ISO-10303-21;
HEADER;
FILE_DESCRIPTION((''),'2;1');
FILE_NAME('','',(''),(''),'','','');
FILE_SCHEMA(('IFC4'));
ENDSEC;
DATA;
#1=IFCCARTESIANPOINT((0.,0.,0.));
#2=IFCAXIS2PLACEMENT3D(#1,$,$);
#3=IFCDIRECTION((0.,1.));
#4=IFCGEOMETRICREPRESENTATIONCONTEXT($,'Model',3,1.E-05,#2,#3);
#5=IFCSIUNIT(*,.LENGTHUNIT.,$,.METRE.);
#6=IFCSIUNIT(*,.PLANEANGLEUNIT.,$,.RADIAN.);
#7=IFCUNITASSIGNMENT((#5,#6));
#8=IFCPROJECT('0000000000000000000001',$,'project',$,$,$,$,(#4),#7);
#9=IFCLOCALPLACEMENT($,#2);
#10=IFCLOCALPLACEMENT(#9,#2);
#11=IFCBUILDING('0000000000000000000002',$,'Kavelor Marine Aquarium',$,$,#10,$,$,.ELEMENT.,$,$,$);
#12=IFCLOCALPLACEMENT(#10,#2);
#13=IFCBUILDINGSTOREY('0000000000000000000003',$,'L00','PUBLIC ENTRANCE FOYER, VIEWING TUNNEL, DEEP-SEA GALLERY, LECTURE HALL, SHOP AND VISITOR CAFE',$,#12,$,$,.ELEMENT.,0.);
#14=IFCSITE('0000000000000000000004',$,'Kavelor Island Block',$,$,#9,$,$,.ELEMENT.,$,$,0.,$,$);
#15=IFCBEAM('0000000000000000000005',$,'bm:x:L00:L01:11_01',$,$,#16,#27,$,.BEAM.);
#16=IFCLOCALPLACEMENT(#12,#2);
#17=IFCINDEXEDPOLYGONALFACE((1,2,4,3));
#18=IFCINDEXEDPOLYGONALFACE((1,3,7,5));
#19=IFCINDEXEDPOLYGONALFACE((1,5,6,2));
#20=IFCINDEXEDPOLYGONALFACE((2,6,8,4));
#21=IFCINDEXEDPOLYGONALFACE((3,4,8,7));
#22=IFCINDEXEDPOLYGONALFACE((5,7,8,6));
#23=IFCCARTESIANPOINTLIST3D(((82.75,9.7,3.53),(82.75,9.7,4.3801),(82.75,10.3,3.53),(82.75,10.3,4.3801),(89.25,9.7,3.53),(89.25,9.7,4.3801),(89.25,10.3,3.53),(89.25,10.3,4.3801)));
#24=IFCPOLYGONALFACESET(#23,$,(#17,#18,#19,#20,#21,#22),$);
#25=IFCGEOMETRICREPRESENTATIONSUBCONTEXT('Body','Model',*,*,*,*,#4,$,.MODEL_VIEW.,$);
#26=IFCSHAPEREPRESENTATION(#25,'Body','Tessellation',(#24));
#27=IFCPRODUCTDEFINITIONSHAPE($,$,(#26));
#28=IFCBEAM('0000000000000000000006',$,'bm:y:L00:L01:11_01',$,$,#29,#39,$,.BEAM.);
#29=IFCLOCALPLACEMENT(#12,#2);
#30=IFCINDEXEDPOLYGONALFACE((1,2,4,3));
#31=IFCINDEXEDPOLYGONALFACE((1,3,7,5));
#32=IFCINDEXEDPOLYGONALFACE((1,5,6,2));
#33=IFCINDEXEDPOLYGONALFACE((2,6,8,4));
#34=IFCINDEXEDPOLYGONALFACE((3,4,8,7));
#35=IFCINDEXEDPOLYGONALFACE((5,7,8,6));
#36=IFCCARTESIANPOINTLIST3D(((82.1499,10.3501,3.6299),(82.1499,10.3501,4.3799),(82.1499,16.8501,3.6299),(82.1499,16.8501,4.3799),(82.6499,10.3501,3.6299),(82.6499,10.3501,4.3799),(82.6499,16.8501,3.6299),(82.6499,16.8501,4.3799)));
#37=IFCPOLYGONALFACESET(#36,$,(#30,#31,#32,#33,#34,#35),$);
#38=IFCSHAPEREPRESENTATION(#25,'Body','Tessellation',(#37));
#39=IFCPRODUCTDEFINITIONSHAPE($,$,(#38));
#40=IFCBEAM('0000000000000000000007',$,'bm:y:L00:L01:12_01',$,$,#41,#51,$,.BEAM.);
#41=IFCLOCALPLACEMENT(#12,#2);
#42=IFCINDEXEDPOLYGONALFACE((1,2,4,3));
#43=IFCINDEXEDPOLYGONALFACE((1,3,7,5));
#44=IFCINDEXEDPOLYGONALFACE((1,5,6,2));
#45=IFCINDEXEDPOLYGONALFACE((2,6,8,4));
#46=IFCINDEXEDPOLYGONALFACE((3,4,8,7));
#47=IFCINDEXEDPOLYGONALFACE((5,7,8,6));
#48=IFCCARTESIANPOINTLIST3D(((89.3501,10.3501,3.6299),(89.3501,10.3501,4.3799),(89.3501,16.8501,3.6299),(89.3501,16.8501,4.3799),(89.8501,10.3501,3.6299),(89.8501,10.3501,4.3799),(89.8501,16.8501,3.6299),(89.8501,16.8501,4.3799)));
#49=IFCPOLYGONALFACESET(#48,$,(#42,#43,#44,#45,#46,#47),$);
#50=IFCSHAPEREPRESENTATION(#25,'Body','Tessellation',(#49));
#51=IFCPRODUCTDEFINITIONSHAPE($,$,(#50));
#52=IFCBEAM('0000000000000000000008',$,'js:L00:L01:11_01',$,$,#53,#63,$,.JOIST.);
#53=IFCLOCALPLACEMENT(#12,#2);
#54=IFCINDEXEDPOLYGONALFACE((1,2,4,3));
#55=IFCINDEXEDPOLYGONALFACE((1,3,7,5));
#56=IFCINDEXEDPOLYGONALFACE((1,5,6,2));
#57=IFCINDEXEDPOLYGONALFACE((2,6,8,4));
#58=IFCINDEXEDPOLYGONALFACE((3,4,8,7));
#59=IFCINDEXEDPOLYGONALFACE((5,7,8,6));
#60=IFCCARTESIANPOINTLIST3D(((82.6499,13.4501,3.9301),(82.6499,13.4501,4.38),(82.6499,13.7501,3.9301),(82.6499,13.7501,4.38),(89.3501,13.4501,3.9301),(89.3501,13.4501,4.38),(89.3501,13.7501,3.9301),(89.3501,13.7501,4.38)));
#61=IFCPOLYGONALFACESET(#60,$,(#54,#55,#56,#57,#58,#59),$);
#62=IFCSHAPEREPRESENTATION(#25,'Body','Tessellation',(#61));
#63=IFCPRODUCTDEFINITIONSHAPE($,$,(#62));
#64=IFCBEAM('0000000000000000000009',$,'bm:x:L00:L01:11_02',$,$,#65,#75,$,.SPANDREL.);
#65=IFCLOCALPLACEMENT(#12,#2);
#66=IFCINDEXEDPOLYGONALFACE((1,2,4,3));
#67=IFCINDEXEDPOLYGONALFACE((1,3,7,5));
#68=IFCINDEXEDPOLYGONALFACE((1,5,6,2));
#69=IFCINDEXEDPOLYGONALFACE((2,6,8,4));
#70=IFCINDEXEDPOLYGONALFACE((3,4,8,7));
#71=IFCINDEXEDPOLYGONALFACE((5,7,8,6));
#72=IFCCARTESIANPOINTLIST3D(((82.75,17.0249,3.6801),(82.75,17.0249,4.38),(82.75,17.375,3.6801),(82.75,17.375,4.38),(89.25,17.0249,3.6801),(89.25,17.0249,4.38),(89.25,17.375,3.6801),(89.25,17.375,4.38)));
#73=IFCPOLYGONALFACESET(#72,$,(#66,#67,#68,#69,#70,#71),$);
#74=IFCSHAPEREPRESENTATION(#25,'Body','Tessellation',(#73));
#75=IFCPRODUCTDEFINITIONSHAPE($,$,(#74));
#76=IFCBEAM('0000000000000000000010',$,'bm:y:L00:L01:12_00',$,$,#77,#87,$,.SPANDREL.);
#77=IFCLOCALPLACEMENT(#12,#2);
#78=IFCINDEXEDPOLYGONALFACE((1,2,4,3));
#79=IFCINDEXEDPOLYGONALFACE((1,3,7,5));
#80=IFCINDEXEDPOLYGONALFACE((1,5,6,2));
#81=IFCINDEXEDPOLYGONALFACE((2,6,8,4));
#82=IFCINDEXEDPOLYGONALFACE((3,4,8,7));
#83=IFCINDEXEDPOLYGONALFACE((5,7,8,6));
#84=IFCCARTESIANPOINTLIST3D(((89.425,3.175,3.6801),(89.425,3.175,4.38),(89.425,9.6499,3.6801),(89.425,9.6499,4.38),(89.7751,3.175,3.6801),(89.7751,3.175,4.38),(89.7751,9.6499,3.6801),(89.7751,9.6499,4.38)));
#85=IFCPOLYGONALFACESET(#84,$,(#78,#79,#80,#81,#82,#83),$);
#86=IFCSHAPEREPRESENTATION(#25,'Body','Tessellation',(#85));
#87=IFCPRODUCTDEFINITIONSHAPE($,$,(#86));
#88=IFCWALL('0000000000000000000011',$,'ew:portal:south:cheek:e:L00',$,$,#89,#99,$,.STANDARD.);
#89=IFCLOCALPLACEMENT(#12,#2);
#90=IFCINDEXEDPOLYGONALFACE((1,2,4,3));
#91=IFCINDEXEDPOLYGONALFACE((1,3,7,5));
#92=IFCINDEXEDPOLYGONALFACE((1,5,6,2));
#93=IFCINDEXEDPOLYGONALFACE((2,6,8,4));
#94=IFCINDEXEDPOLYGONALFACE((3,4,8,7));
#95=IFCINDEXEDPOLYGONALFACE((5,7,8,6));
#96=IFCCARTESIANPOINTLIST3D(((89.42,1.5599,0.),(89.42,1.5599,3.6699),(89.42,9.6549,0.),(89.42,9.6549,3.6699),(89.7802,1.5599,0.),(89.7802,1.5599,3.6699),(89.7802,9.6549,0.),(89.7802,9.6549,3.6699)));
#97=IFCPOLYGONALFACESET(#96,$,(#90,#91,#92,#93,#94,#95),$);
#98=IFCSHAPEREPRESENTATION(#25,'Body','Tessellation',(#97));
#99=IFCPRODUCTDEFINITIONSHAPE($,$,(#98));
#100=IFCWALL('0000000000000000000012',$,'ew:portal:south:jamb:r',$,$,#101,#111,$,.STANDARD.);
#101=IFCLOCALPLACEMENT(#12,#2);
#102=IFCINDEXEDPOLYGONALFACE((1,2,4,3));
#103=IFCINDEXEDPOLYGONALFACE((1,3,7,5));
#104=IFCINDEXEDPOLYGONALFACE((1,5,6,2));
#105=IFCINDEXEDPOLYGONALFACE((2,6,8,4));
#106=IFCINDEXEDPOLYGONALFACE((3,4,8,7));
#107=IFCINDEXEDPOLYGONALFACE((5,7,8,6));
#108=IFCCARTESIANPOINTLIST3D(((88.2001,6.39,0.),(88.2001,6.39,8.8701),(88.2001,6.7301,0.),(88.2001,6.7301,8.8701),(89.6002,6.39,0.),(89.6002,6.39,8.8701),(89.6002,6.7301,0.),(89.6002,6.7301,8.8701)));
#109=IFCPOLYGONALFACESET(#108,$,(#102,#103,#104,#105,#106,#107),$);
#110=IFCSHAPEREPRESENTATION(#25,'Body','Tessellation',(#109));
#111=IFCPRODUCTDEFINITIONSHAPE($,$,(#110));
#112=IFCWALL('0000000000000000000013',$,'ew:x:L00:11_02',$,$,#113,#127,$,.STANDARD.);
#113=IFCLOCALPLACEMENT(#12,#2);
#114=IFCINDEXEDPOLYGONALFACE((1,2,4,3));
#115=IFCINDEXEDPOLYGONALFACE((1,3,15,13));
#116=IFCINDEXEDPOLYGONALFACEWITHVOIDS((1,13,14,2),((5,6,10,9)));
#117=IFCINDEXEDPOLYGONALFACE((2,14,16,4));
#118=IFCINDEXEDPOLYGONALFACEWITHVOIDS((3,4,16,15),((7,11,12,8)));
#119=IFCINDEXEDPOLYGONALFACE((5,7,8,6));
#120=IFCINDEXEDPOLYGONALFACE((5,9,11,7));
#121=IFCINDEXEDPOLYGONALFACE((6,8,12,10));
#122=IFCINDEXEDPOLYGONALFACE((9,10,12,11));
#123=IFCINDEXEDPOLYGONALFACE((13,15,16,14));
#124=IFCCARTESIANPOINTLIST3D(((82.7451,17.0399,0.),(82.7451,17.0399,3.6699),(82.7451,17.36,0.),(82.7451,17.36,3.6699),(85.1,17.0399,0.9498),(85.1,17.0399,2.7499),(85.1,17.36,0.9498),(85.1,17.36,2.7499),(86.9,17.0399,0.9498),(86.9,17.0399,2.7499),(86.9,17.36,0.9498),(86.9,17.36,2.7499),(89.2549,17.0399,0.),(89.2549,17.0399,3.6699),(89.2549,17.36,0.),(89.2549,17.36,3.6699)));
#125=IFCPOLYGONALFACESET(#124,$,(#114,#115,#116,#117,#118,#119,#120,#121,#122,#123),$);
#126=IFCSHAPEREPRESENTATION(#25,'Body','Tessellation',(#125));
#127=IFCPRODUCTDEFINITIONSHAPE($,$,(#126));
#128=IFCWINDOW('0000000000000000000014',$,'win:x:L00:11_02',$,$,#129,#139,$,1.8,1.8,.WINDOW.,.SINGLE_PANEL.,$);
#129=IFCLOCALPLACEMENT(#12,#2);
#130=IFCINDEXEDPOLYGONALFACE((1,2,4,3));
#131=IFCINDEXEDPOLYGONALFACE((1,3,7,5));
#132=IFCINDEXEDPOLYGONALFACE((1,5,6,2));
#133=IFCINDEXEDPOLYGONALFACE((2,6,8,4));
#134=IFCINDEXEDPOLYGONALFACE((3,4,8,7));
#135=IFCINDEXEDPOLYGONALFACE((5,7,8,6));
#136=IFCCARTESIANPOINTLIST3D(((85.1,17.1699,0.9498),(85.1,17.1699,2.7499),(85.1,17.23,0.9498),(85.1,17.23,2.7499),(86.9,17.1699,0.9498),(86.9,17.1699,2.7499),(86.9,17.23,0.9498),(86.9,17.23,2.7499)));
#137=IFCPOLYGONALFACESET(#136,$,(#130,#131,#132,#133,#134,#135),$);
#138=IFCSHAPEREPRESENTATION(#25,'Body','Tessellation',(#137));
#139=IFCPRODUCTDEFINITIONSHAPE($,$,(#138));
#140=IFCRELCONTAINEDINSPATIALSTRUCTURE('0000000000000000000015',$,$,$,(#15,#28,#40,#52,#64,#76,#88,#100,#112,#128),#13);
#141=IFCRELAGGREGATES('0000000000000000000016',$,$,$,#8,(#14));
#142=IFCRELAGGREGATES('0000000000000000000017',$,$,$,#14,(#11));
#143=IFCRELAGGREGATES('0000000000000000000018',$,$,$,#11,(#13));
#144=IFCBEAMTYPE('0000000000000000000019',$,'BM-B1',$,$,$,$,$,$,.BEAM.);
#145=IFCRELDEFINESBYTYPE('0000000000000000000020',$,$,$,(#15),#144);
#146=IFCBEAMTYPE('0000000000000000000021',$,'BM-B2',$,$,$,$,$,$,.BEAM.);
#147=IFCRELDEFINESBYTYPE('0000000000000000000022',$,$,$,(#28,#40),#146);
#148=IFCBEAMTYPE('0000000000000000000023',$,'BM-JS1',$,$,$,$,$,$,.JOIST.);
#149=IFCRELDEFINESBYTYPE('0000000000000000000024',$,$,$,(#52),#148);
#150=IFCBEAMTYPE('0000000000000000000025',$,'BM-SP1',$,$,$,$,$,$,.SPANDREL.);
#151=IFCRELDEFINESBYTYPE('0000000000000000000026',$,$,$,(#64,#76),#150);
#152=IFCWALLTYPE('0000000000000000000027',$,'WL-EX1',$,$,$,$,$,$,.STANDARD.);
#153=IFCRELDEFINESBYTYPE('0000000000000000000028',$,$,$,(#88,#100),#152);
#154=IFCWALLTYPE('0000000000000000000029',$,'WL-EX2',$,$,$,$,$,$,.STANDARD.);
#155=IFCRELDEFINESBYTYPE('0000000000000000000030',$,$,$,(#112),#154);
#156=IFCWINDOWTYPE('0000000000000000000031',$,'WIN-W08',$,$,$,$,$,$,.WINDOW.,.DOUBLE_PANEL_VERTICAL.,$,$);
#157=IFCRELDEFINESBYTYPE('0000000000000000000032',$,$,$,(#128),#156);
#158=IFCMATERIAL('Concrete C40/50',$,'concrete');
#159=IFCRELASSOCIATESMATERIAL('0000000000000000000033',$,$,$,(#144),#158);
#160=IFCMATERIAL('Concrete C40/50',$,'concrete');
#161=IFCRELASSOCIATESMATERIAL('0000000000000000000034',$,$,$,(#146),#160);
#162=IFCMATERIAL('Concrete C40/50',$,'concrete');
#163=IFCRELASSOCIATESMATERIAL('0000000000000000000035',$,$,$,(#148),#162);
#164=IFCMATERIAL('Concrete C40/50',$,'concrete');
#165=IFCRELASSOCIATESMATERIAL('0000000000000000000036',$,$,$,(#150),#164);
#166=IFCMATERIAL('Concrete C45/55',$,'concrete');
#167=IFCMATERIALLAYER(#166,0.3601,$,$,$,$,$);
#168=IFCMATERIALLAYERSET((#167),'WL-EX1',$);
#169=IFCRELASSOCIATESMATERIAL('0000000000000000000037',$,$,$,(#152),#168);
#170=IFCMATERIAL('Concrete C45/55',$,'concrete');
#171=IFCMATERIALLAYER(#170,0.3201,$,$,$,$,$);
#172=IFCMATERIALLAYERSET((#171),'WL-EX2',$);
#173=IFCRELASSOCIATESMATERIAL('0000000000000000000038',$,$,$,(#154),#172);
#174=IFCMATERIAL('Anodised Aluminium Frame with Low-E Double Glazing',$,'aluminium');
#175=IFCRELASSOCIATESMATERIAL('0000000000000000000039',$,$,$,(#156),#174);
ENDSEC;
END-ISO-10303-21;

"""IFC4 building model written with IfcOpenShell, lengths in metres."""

from ifc_helpers import new_model, si_unit, direction, frame, frame_2d, origin, origin_2d, place, context, subcontext, project, spatial, rectangle, extrude, material, layer, layer_set, material_profile, profile_set, type_object, element, fill, save


model = new_model("IFC4")

# Units and contexts
model_context = context("Model", 3, precision=1e-05, world=origin(), true_north=direction((0.0, 1.0)))
body_context = subcontext(model_context, "Body", "Model", "MODEL_VIEW")
ifc_project = project(units=[si_unit("LENGTHUNIT", "METRE"), si_unit("PLANEANGLEUNIT", "RADIAN")], contexts=[model_context])

# Site, building, storey
site_placement = place(None, origin())
site = spatial("IfcSite", under=ifc_project, at=site_placement, Name="Kavelor Island Block", CompositionType="ELEMENT", RefElevation=0.0)
building_placement = place(site_placement, origin())
building = spatial("IfcBuilding", under=site, at=building_placement, Name="Kavelor Marine Aquarium", CompositionType="ELEMENT")
storey_placement = place(building_placement, origin())
storey = spatial("IfcBuildingStorey", under=building, at=storey_placement, Name="L00", Description="PUBLIC ENTRANCE FOYER, VIEWING TUNNEL, DEEP-SEA GALLERY, LECTURE HALL, SHOP AND VISITOR CAFE", CompositionType="ELEMENT", Elevation=0.0)

# Beams
ifc_material_1 = material(Name="Concrete C40/50", Category="concrete")
ifc_material_profile_1 = material_profile(ifc_material_1, rectangle(XDim=0.6001, YDim=0.8501, at=origin_2d()), Name="RC-BM 600x850")
ifc_profile_set_1 = profile_set([ifc_material_profile_1], Name="Concrete C40/50")
beam_type_1 = type_object("IfcBeamType", Name="BM-B1", PredefinedType="BEAM", material=ifc_profile_set_1)
beam_1_placement = place(storey_placement, frame((82.75, 10.0, 3.9551), z_axis=(1.0, 0.0, 0.0), x_axis=(0.0, 1.0, 0.0)))
element("IfcBeam", 1, at=beam_1_placement, inside=storey, type_object=beam_type_1, Name="bm:x:L00:L01:11_01", PredefinedType="BEAM", context=body_context, shape_type="SweptSolid", body=[
    extrude(rectangle(XDim=0.6001, YDim=0.8501, at=origin_2d()), origin(), (0.0, 0.0, 1.0), 6.5),
])
ifc_material_2 = material(Name="Concrete C40/50", Category="concrete")
ifc_material_profile_2 = material_profile(ifc_material_2, rectangle(XDim=0.5, YDim=0.75, at=origin_2d()), Name="RC-BM 500x750")
ifc_profile_set_2 = profile_set([ifc_material_profile_2], Name="Concrete C40/50")
beam_type_2 = type_object("IfcBeamType", Name="BM-B2", PredefinedType="BEAM", material=ifc_profile_set_2)
for number, where, z_axis, x_axis, name in (
    (2, (82.3999, 10.3501, 4.0049), (0.0, 1.0, 0.0), (-1.0, 0.0, 0.0), "bm:y:L00:L01:11_01"),
    (3, (89.6001, 10.3501, 4.0049), (0.0, 1.0, 0.0), (-1.0, 0.0, 0.0), "bm:y:L00:L01:12_01"),
):
    element("IfcBeam", number, at=place(storey_placement, frame(where, z_axis=z_axis, x_axis=x_axis)), inside=storey, type_object=beam_type_2, Name=name, PredefinedType="BEAM", context=body_context, shape_type="SweptSolid", body=[
        extrude(rectangle(XDim=0.5, YDim=0.75, at=origin_2d()), origin(), (0.0, 0.0, 1.0), 6.5),
    ])
ifc_material_3 = material(Name="Concrete C40/50", Category="concrete")
ifc_material_profile_3 = material_profile(ifc_material_3, rectangle(XDim=0.3, YDim=0.45, at=origin_2d()), Name="RC-JS 300x450")
ifc_profile_set_3 = profile_set([ifc_material_profile_3], Name="Concrete C40/50")
beam_type_3 = type_object("IfcBeamType", Name="BM-JS1", PredefinedType="JOIST", material=ifc_profile_set_3)
beam_2_placement = place(storey_placement, frame((82.6499, 13.6001, 4.155), z_axis=(1.0, 0.0, 0.0), x_axis=(0.0, 1.0, 0.0)))
element("IfcBeam", 4, at=beam_2_placement, inside=storey, type_object=beam_type_3, Name="js:L00:L01:11_01", PredefinedType="JOIST", context=body_context, shape_type="SweptSolid", body=[
    extrude(rectangle(XDim=0.3, YDim=0.45, at=origin_2d()), origin(), (0.0, 0.0, 1.0), 6.7002),
])
ifc_material_4 = material(Name="Concrete C40/50", Category="concrete")
ifc_material_profile_4 = material_profile(ifc_material_4, rectangle(XDim=0.3501, YDim=0.7, at=origin_2d()), Name="RC-SP 350x700")
ifc_profile_set_4 = profile_set([ifc_material_profile_4], Name="Concrete C40/50")
beam_type_4 = type_object("IfcBeamType", Name="BM-SP1", PredefinedType="SPANDREL", material=ifc_profile_set_4)
beam_3_placement = place(storey_placement, frame((82.75, 17.2, 4.03), z_axis=(1.0, 0.0, 0.0), x_axis=(0.0, 1.0, 0.0)))
element("IfcBeam", 5, at=beam_3_placement, inside=storey, type_object=beam_type_4, Name="bm:x:L00:L01:11_02", PredefinedType="SPANDREL", context=body_context, shape_type="SweptSolid", body=[
    extrude(rectangle(XDim=0.3501, YDim=0.7, at=origin_2d()), origin(), (0.0, 0.0, 1.0), 6.5),
])
beam_4_placement = place(storey_placement, frame((89.6001, 3.175, 4.03), z_axis=(0.0, 1.0, 0.0), x_axis=(-1.0, 0.0, 0.0)))
element("IfcBeam", 6, at=beam_4_placement, inside=storey, type_object=beam_type_4, Name="bm:y:L00:L01:12_00", PredefinedType="SPANDREL", context=body_context, shape_type="SweptSolid", body=[
    extrude(rectangle(XDim=0.3501, YDim=0.7, at=origin_2d()), origin(), (0.0, 0.0, 1.0), 6.4749),
])

# Walls
ifc_material_5 = material(Name="Concrete C45/55", Category="concrete")
ifc_layer_1 = layer(ifc_material_5, 0.3601)
ifc_layer_set_1 = layer_set([ifc_layer_1], Name="WL-EX1")
wall_type_1 = type_object("IfcWallType", Name="WL-EX1", PredefinedType="STANDARD", material=ifc_layer_set_1)
wall_1_placement = place(storey_placement, frame((89.6001, 1.5601, 0.0), z_axis=(0.0, 0.0, 1.0), x_axis=(0.0, 1.0, 0.0)))
element("IfcWall", 7, at=wall_1_placement, inside=storey, type_object=wall_type_1, Name="ew:portal:south:cheek:e:L00", PredefinedType="STANDARD", context=body_context, shape_type="SweptSolid", body=[
    extrude(rectangle(XDim=8.095, YDim=0.3601, at=frame_2d((4.0474, 0.0))), origin(), (0.0, 0.0, 1.0), 3.6699),
])
wall_2_placement = place(storey_placement, frame((88.2, 6.5601, 0.0), z_axis=(0.0, 0.0, 1.0), x_axis=(1.0, 0.0, 0.0)))
element("IfcWall", 8, at=wall_2_placement, inside=storey, type_object=wall_type_1, Name="ew:portal:south:jamb:r", PredefinedType="STANDARD", context=body_context, shape_type="SweptSolid", body=[
    extrude(rectangle(XDim=1.4001, YDim=0.3401, at=frame_2d((0.7002, 0.0))), origin(), (0.0, 0.0, 1.0), 8.8701),
])

# Wall, opening, window
ifc_material_6 = material(Name="Concrete C45/55", Category="concrete")
ifc_layer_2 = layer(ifc_material_6, 0.3201)
ifc_layer_set_2 = layer_set([ifc_layer_2], Name="WL-EX2")
wall_type_2 = type_object("IfcWallType", Name="WL-EX2", PredefinedType="STANDARD", material=ifc_layer_set_2)
wall_3_placement = place(storey_placement, frame((82.7451, 17.2, 0.0), z_axis=(0.0, 0.0, 1.0), x_axis=(1.0, 0.0, 0.0)))
wall_3 = element("IfcWall", 9, at=wall_3_placement, inside=storey, type_object=wall_type_2, Name="ew:x:L00:11_02", PredefinedType="STANDARD", context=body_context, shape_type="SweptSolid", body=[
    extrude(rectangle(XDim=6.5098, YDim=0.3201, at=frame_2d((3.2549, 0.0))), origin(), (0.0, 0.0, 1.0), 3.6699),
])
opening_1_placement = place(wall_3_placement, frame((2.355, 0.0, 0.95)))
opening_1 = element("IfcOpeningElement", 10, at=opening_1_placement, cuts=wall_3, PredefinedType="OPENING", context=body_context, shape_type="SweptSolid", body=[
    extrude(rectangle(XDim=1.8, YDim=1.8, at=frame_2d((0.8999, 0.8999))), frame((0.0, 0.1699, 0.0), z_axis=(0.0, -1.0, 0.0), x_axis=(1.0, 0.0, 0.0)), (0.0, 0.0, 1.0), 0.3401),
])
ifc_material_7 = material(Name="Anodised Aluminium Frame with Low-E Double Glazing", Category="aluminium")
window_type = type_object("IfcWindowType", Name="WIN-W08", PartitioningType="DOUBLE_PANEL_VERTICAL", PredefinedType="WINDOW", material=ifc_material_7)
window_placement = place(opening_1_placement, origin())
window = element("IfcWindow", 11, at=window_placement, inside=storey, type_object=window_type, Name="win:x:L00:11_02", OverallHeight=1.8, OverallWidth=1.8, PartitioningType="SINGLE_PANEL", PredefinedType="WINDOW", context=body_context, shape_type="SweptSolid", body=[
    extrude(rectangle(XDim=1.8, YDim=1.8, at=frame_2d((0.8999, 0.8999))), frame((0.0, 0.03, 0.0), z_axis=(0.0, -1.0, 0.0), x_axis=(1.0, 0.0, 0.0)), (0.0, 0.0, 1.0), 0.0601),
])
fill(opening_1, window)

save(model, "model.ifc")
